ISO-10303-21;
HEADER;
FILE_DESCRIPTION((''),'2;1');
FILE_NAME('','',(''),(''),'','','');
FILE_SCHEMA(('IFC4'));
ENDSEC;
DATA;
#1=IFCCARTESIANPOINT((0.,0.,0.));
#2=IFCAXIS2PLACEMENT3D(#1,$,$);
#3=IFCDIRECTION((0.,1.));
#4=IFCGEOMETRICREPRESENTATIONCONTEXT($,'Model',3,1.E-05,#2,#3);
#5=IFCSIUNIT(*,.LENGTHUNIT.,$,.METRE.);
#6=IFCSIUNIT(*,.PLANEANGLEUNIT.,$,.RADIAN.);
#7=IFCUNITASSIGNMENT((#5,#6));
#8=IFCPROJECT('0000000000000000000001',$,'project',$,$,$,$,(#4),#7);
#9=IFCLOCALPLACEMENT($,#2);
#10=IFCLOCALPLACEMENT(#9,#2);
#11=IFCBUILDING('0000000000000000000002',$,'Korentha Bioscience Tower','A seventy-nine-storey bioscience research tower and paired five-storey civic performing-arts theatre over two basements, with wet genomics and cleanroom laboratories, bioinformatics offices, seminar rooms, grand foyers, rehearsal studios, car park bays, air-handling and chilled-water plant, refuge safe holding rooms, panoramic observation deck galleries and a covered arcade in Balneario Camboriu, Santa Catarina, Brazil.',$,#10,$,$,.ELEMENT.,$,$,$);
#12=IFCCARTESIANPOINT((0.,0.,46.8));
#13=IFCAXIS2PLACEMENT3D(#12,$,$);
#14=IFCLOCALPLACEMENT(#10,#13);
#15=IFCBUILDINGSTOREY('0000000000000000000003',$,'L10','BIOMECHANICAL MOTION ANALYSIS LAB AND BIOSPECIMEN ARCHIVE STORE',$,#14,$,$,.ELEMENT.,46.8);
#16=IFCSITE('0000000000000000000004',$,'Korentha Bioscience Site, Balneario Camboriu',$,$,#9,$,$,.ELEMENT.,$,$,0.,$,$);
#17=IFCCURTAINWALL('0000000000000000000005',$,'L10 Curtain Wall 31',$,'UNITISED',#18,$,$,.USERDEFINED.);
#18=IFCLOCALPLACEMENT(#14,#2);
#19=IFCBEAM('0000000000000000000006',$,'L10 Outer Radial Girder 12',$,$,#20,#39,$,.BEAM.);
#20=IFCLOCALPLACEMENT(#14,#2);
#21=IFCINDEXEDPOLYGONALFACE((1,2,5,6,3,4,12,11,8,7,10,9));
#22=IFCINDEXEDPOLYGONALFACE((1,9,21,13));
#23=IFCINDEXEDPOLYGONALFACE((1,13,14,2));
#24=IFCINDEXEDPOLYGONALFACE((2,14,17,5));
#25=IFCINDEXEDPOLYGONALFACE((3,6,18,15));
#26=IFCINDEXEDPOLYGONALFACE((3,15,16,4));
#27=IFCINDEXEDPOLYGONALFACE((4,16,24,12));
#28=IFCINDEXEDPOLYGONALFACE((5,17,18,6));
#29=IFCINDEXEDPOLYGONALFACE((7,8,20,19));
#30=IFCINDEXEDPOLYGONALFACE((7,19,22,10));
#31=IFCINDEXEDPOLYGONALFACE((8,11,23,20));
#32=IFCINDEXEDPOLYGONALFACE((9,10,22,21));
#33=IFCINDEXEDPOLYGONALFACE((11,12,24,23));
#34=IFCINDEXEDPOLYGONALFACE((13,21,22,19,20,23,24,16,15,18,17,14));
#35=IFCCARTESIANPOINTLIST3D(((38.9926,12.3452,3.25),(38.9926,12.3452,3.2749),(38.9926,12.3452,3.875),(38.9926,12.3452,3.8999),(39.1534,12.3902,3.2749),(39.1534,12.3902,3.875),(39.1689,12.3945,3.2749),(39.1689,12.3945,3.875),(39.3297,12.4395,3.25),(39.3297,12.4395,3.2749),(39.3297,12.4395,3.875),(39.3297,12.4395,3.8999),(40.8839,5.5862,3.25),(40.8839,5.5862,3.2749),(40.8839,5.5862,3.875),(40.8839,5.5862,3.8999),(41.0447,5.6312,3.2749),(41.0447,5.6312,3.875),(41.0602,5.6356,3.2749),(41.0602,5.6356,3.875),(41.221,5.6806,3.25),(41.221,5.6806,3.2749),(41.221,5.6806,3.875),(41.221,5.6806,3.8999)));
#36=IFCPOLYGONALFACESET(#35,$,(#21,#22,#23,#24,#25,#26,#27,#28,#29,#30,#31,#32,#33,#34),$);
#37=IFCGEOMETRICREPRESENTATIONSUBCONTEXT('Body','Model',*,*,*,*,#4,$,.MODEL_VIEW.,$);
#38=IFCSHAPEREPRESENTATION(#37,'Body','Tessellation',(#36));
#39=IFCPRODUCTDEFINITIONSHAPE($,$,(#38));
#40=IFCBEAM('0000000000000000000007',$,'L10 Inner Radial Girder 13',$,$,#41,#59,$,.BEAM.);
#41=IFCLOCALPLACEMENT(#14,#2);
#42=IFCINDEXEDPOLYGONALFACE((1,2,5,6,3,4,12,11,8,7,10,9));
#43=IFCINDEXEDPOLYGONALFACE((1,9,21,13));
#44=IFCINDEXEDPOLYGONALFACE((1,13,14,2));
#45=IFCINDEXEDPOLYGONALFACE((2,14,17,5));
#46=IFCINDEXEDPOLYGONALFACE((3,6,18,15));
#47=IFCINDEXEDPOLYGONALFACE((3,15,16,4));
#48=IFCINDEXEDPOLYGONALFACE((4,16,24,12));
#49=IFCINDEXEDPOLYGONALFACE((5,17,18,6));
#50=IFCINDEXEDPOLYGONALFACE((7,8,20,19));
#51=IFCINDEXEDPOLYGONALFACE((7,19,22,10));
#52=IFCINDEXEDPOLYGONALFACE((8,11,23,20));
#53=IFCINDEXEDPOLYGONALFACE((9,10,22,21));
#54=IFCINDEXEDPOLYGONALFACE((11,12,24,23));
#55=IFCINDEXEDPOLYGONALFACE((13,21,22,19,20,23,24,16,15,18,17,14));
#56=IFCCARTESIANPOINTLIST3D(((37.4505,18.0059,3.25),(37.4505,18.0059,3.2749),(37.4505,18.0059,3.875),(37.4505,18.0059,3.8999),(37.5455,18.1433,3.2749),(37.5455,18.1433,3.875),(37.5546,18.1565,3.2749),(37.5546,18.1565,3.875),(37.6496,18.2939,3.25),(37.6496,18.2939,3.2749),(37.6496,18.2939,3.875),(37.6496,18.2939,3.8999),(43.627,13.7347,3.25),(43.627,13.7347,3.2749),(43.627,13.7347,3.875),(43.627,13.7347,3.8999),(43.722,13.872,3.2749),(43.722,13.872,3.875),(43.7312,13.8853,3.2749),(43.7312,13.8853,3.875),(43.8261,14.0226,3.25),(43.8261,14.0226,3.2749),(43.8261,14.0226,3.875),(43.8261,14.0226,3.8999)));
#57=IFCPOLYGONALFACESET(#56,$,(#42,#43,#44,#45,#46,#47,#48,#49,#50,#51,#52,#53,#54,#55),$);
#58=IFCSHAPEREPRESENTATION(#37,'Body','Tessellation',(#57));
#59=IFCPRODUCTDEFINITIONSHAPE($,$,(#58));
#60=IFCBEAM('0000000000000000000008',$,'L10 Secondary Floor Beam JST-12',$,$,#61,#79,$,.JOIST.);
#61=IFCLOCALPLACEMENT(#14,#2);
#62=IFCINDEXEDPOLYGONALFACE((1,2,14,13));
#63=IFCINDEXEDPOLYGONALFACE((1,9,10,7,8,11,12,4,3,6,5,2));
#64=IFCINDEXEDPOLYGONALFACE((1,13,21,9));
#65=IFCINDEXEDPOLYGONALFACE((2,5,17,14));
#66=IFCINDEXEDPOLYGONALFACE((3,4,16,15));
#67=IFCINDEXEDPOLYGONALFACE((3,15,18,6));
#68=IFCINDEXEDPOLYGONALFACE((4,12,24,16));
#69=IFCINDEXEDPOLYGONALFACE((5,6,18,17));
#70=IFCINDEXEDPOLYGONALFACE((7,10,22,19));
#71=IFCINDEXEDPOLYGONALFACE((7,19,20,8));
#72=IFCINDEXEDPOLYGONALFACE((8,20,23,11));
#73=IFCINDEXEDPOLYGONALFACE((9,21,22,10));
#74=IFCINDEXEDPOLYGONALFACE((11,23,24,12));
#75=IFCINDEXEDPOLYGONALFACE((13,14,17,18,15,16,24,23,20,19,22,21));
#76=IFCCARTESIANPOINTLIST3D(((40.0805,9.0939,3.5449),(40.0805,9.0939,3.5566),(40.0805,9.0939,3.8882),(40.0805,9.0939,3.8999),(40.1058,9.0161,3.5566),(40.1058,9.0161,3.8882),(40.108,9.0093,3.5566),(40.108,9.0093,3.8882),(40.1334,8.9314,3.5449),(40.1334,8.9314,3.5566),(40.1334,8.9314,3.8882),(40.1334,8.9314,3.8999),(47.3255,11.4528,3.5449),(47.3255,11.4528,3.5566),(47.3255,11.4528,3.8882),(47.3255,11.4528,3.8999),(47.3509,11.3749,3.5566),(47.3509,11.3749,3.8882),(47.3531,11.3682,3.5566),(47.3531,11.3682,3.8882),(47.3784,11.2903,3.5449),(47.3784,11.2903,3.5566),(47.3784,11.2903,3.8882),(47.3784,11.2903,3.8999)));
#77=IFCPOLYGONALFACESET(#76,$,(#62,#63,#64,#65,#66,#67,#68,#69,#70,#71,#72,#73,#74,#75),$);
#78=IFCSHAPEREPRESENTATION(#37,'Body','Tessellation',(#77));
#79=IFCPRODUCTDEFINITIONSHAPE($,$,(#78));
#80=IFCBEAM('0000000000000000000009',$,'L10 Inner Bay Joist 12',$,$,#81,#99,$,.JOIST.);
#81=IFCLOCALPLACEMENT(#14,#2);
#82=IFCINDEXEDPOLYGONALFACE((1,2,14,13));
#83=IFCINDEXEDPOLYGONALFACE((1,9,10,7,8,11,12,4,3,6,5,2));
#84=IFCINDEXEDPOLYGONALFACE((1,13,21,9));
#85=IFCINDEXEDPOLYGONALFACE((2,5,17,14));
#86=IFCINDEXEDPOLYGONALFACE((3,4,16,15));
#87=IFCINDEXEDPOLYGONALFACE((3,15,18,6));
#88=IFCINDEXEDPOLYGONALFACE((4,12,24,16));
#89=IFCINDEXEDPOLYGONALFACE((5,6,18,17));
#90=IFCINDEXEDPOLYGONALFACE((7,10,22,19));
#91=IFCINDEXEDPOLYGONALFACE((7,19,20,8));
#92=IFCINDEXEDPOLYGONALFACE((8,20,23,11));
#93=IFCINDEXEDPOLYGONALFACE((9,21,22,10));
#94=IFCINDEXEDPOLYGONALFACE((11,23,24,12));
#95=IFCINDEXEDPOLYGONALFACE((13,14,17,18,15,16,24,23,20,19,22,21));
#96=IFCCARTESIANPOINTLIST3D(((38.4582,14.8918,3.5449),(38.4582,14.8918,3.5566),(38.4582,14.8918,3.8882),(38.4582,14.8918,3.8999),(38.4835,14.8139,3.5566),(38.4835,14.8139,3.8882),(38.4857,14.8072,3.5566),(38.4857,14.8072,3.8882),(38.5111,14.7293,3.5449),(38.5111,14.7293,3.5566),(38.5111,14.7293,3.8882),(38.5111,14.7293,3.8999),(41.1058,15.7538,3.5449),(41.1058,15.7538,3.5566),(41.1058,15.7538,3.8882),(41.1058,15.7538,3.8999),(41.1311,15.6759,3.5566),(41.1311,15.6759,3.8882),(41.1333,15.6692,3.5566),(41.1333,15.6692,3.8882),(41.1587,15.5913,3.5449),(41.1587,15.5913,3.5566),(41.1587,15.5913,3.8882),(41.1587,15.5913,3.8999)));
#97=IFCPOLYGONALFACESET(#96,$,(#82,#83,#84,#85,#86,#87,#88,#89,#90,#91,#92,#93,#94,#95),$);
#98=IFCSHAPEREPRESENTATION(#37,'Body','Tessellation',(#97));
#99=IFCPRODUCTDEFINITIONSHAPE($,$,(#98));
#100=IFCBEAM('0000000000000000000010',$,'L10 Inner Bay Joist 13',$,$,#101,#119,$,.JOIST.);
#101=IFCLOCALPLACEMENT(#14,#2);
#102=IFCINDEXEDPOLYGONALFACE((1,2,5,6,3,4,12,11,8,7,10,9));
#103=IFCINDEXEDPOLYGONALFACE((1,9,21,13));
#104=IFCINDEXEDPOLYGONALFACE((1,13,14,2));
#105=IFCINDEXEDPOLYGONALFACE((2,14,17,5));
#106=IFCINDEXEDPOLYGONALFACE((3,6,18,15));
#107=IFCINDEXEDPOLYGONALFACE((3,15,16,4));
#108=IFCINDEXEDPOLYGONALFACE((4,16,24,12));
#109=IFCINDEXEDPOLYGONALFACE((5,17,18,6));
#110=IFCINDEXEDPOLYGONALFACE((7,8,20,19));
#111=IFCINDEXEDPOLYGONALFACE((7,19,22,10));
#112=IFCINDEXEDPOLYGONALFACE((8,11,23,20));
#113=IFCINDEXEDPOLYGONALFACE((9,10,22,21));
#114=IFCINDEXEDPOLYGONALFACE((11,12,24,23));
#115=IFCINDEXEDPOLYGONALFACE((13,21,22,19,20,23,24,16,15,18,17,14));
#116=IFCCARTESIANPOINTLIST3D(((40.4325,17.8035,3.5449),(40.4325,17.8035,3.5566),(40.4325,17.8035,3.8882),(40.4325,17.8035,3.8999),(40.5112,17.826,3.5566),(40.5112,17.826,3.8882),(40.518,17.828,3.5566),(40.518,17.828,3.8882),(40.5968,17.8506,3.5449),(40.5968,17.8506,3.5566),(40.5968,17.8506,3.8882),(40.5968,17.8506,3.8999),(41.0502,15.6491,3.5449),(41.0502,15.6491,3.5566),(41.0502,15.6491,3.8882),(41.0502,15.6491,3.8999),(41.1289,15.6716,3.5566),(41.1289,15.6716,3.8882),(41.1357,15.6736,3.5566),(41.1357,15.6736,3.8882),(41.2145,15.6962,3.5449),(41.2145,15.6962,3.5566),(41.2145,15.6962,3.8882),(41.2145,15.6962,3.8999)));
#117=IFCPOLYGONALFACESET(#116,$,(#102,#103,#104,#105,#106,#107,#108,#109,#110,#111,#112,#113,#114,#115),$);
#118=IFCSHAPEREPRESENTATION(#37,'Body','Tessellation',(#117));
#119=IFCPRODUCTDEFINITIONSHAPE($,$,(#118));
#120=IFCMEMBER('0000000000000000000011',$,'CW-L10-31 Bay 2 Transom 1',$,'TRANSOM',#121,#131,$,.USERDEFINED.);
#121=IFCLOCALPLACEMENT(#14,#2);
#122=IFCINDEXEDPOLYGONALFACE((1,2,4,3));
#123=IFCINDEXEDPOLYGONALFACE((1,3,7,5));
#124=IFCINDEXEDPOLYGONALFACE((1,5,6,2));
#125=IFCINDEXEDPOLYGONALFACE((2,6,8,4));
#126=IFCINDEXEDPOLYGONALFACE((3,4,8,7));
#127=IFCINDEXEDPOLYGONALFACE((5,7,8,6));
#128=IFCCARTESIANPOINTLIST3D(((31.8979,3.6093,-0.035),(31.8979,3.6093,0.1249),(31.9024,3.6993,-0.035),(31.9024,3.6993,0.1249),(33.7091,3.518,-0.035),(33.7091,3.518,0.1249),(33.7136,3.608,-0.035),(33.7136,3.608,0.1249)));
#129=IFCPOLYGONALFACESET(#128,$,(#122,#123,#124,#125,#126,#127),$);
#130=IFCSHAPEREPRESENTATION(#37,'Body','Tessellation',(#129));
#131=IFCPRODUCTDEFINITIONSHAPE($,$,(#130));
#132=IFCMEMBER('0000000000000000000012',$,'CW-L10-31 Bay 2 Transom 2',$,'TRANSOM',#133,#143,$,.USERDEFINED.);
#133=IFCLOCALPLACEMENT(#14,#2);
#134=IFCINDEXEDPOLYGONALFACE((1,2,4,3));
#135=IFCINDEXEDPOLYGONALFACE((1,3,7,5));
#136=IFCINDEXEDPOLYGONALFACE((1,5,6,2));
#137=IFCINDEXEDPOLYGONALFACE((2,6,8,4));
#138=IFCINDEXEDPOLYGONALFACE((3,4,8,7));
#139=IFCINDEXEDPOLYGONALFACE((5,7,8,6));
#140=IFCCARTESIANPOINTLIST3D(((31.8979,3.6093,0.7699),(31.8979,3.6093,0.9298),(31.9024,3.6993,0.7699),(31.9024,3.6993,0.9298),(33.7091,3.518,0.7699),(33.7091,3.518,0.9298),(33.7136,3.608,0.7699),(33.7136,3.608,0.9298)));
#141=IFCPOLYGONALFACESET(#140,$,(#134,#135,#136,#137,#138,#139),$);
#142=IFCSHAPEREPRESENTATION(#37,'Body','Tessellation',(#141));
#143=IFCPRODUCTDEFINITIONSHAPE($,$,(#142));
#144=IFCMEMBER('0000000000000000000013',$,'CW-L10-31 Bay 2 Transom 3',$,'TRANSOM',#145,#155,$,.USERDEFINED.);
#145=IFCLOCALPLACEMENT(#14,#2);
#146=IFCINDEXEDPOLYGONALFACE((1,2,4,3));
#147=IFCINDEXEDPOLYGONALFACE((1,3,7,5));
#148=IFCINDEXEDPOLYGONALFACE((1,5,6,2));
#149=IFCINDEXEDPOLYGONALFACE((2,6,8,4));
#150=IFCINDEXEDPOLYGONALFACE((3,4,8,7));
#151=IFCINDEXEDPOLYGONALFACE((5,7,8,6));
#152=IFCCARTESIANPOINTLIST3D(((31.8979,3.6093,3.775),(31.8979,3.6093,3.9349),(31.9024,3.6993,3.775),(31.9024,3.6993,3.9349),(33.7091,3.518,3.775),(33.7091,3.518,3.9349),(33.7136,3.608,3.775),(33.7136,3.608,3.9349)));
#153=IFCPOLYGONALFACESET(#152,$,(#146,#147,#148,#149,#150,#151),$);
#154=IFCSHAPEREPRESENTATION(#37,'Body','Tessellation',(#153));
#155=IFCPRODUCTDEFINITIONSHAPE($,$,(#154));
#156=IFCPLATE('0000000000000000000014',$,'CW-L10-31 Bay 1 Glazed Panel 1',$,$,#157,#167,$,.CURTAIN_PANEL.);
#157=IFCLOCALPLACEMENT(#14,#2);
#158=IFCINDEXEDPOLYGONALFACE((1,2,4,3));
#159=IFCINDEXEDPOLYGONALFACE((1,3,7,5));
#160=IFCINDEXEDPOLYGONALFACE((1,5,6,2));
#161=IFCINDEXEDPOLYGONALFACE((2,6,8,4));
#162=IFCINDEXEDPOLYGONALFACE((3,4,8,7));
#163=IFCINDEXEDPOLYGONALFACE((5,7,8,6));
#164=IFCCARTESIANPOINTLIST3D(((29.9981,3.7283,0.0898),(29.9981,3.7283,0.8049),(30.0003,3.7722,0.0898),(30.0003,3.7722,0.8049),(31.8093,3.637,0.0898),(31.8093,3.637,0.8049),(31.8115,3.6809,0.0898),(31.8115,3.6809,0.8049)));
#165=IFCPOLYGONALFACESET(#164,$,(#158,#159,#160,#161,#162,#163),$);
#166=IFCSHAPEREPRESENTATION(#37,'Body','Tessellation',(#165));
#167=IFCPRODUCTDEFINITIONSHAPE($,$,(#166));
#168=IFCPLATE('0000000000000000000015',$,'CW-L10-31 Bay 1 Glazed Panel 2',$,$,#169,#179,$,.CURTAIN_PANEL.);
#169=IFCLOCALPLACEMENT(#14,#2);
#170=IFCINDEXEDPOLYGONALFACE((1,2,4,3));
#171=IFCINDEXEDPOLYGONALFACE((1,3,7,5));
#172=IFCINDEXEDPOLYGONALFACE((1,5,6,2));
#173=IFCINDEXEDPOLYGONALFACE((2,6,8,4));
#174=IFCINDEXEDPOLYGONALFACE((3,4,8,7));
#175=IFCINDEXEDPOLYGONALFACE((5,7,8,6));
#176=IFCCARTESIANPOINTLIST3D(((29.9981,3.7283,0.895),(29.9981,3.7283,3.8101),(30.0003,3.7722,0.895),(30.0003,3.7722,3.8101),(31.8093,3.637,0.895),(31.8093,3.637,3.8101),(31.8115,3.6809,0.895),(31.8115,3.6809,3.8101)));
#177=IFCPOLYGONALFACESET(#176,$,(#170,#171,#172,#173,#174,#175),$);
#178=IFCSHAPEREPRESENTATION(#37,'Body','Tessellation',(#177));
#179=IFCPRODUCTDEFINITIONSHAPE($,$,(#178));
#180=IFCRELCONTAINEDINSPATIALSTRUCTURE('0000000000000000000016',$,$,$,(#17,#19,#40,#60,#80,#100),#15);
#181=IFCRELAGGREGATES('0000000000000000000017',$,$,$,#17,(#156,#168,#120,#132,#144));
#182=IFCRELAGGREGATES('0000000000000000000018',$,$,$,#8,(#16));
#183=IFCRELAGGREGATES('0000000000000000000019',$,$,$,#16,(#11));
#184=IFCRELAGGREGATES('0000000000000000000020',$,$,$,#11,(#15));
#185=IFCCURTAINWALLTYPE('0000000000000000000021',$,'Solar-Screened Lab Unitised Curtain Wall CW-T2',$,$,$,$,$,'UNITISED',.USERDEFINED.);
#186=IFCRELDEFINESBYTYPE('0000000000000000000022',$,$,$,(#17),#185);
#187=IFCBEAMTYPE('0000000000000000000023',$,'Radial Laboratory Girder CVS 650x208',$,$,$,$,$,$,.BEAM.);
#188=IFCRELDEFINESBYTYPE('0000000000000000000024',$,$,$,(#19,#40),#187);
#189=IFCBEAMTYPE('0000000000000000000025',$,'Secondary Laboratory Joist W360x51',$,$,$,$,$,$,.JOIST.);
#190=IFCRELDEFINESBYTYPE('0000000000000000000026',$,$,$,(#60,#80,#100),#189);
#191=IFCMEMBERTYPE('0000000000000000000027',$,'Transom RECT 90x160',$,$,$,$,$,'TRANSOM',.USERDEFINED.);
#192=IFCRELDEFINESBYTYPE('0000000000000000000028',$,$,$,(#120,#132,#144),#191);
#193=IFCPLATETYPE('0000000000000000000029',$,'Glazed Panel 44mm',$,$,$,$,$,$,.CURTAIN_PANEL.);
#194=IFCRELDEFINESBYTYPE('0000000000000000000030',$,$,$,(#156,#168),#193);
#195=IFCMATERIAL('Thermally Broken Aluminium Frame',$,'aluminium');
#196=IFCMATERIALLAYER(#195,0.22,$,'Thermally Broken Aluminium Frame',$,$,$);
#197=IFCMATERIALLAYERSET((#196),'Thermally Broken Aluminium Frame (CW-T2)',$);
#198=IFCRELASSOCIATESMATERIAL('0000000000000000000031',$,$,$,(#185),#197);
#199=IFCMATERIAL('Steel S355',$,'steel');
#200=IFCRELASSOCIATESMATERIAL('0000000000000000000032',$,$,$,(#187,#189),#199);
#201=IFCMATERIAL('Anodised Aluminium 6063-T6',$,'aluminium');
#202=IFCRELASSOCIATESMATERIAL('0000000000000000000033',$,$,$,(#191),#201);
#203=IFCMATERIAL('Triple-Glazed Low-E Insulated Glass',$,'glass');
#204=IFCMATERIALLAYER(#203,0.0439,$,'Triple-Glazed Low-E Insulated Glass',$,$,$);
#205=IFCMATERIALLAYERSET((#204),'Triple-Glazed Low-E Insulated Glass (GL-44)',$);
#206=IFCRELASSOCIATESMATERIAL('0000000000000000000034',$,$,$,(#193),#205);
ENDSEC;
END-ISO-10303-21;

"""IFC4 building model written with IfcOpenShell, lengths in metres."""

from ifc_helpers import new_model, si_unit, direction, frame, origin, origin_2d, place, context, subcontext, project, spatial, rectangle, i_section, extrude, material, layer, layer_set, material_profile, profile_set, type_object, element, aggregate, save


model = new_model("IFC4")

# Units and contexts
model_context = context("Model", 3, precision=1e-05, world=origin(), true_north=direction((0.0, 1.0)))
body_context = subcontext(model_context, "Body", "Model", "MODEL_VIEW")
ifc_project = project(units=[si_unit("LENGTHUNIT", "METRE"), si_unit("PLANEANGLEUNIT", "RADIAN")], contexts=[model_context])

# Site, building, storey
site_placement = place(None, origin())
site = spatial("IfcSite", under=ifc_project, at=site_placement, Name="Korentha Bioscience Site, Balneario Camboriu", CompositionType="ELEMENT", RefElevation=0.0)
building_placement = place(site_placement, origin())
building = spatial("IfcBuilding", under=site, at=building_placement, Name="Korentha Bioscience Tower", Description="A seventy-nine-storey bioscience research tower and paired five-storey civic performing-arts theatre over two basements, with wet genomics and cleanroom laboratories, bioinformatics offices, seminar rooms, grand foyers, rehearsal studios, car park bays, air-handling and chilled-water plant, refuge safe holding rooms, panoramic observation deck galleries and a covered arcade in Balneario Camboriu, Santa Catarina, Brazil.", CompositionType="ELEMENT")
storey_placement = place(building_placement, frame((0.0, 0.0, 46.8)))
storey = spatial("IfcBuildingStorey", under=building, at=storey_placement, Name="L10", Description="BIOMECHANICAL MOTION ANALYSIS LAB AND BIOSPECIMEN ARCHIVE STORE", CompositionType="ELEMENT", Elevation=46.8)

# Shared definitions
ifc_material_1 = material(Name="Steel S355", Category="steel")

# Curtain wall
ifc_material_2 = material(Name="Thermally Broken Aluminium Frame", Category="aluminium")
ifc_layer_1 = layer(ifc_material_2, 0.22, Name="Thermally Broken Aluminium Frame")
ifc_layer_set_1 = layer_set([ifc_layer_1], Name="Thermally Broken Aluminium Frame (CW-T2)")
curtain_wall_type = type_object("IfcCurtainWallType", Name="Solar-Screened Lab Unitised Curtain Wall CW-T2", ElementType="UNITISED", PredefinedType="USERDEFINED", material=ifc_layer_set_1)
curtain_wall_placement = place(storey_placement, origin())
curtain_wall = element("IfcCurtainWall", 1, at=curtain_wall_placement, inside=storey, type_object=curtain_wall_type, Name="L10 Curtain Wall 31", ObjectType="UNITISED", PredefinedType="USERDEFINED")
ifc_material_3 = material(Name="Anodised Aluminium 6063-T6", Category="aluminium")

# Beams
ifc_material_profile_1 = material_profile(ifc_material_1, i_section(OverallWidth=0.3501, OverallDepth=0.6499, WebThickness=0.0161, FlangeThickness=0.0249, at=origin_2d()), Name="Steel S355")
ifc_profile_set_1 = profile_set([ifc_material_profile_1], Name="Steel S355 (RB-650)")
beam_type_1 = type_object("IfcBeamType", Name="Radial Laboratory Girder CVS 650x208", PredefinedType="BEAM", material=ifc_profile_set_1)
beam_1_placement = place(storey_placement, frame((39.1611, 12.3923, 3.575), z_axis=(0.269475, -0.963007, 0.0), x_axis=(0.963007, 0.269475, 0.0)))
element("IfcBeam", 2, at=beam_1_placement, inside=storey, type_object=beam_type_1, Name="L10 Outer Radial Girder 12", PredefinedType="BEAM", context=body_context, shape_type="SweptSolid", body=[
    extrude(i_section(OverallWidth=0.3501, OverallDepth=0.6499, WebThickness=0.0161, FlangeThickness=0.0249, at=origin_2d()), origin(), (0.0, 0.0, 1.0), 7.0186),
])
beam_2_placement = place(storey_placement, frame((37.55, 18.1499, 3.575), z_axis=(0.822492, -0.568777, 0.0), x_axis=(0.568777, 0.822492, 0.0)))
element("IfcBeam", 3, at=beam_2_placement, inside=storey, type_object=beam_type_1, Name="L10 Inner Radial Girder 13", PredefinedType="BEAM", context=body_context, shape_type="SweptSolid", body=[
    extrude(i_section(OverallWidth=0.3501, OverallDepth=0.6499, WebThickness=0.0161, FlangeThickness=0.0249, at=origin_2d()), origin(), (0.0, 0.0, 1.0), 7.5095),
])
ifc_material_profile_2 = material_profile(ifc_material_1, i_section(OverallWidth=0.1709, OverallDepth=0.355, WebThickness=0.0071, FlangeThickness=0.0117, at=origin_2d()), Name="Steel S355")
ifc_profile_set_2 = profile_set([ifc_material_profile_2], Name="Steel S355 (JB-360)")
beam_type_2 = type_object("IfcBeamType", Name="Secondary Laboratory Joist W360x51", PredefinedType="JOIST", material=ifc_profile_set_2)
beam_3_placement = place(storey_placement, frame((40.1069, 9.0127, 3.7224), z_axis=(0.950871, 0.309587, 0.0), x_axis=(-0.309587, 0.950871, 0.0)))
element("IfcBeam", 4, at=beam_3_placement, inside=storey, type_object=beam_type_2, Name="L10 Secondary Floor Beam JST-12", PredefinedType="JOIST", context=body_context, shape_type="SweptSolid", body=[
    extrude(i_section(OverallWidth=0.1709, OverallDepth=0.355, WebThickness=0.0071, FlangeThickness=0.0117, at=origin_2d()), origin(), (0.0, 0.0, 1.0), 7.6194),
])
beam_4_placement = place(storey_placement, frame((38.4846, 14.8105, 3.7224), z_axis=(0.95087, 0.309592, 0.0), x_axis=(-0.309592, 0.95087, 0.0)))
element("IfcBeam", 5, at=beam_4_placement, inside=storey, type_object=beam_type_2, Name="L10 Inner Bay Joist 12", PredefinedType="JOIST", context=body_context, shape_type="SweptSolid", body=[
    extrude(i_section(OverallWidth=0.1709, OverallDepth=0.355, WebThickness=0.0071, FlangeThickness=0.0117, at=origin_2d()), origin(), (0.0, 0.0, 1.0), 2.7844),
])
beam_5_placement = place(storey_placement, frame((41.1323, 15.6726, 3.7224), z_axis=(-0.275613, 0.961269, 0.0), x_axis=(-0.961269, -0.275613, 0.0)))
element("IfcBeam", 6, at=beam_5_placement, inside=storey, type_object=beam_type_2, Name="L10 Inner Bay Joist 13", PredefinedType="JOIST", context=body_context, shape_type="SweptSolid", body=[
    extrude(i_section(OverallWidth=0.1709, OverallDepth=0.355, WebThickness=0.0071, FlangeThickness=0.0117, at=origin_2d()), origin(), (0.0, 0.0, 1.0), 2.2412),
])

# Members
ifc_material_profile_3 = material_profile(ifc_material_3, rectangle(XDim=0.0901, YDim=0.1599, at=origin_2d()), Name="Anodised Aluminium 6063-T6")
ifc_profile_set_3 = profile_set([ifc_material_profile_3], Name="Anodised Aluminium 6063-T6 (CW-TRN)")
member_type_1 = type_object("IfcMemberType", Name="Transom RECT 90x160", ElementType="TRANSOM", PredefinedType="USERDEFINED", material=ifc_profile_set_3)
member_1_placement = place(storey_placement, frame((31.9001, 3.6543, 0.0449), z_axis=(0.998732, -0.050347, 0.0), x_axis=(0.050347, 0.998732, 0.0)))
member_1 = element("IfcMember", 7, at=member_1_placement, type_object=member_type_1, Name="CW-L10-31 Bay 2 Transom 1", ObjectType="TRANSOM", PredefinedType="USERDEFINED", context=body_context, shape_type="SweptSolid", body=[
    extrude(rectangle(XDim=0.0901, YDim=0.1599, at=origin_2d()), origin(), (0.0, 0.0, 1.0), 1.8135),
])
member_2_placement = place(storey_placement, frame((31.9001, 3.6543, 0.8499), z_axis=(0.998732, -0.050347, 0.0), x_axis=(0.050347, 0.998732, 0.0)))
member_2 = element("IfcMember", 8, at=member_2_placement, type_object=member_type_1, Name="CW-L10-31 Bay 2 Transom 2", ObjectType="TRANSOM", PredefinedType="USERDEFINED", context=body_context, shape_type="SweptSolid", body=[
    extrude(rectangle(XDim=0.0901, YDim=0.1599, at=origin_2d()), origin(), (0.0, 0.0, 1.0), 1.8135),
])
member_3_placement = place(storey_placement, frame((31.9001, 3.6543, 3.855), z_axis=(0.998732, -0.050347, 0.0), x_axis=(0.050347, 0.998732, 0.0)))
member_3 = element("IfcMember", 9, at=member_3_placement, type_object=member_type_1, Name="CW-L10-31 Bay 2 Transom 3", ObjectType="TRANSOM", PredefinedType="USERDEFINED", context=body_context, shape_type="SweptSolid", body=[
    extrude(rectangle(XDim=0.0901, YDim=0.1599, at=origin_2d()), origin(), (0.0, 0.0, 1.0), 1.8135),
])

# Plates
ifc_material_4 = material(Name="Triple-Glazed Low-E Insulated Glass", Category="glass")
ifc_layer_2 = layer(ifc_material_4, 0.0439, Name="Triple-Glazed Low-E Insulated Glass")
ifc_layer_set_2 = layer_set([ifc_layer_2], Name="Triple-Glazed Low-E Insulated Glass (GL-44)")
plate_type = type_object("IfcPlateType", Name="Glazed Panel 44mm", PredefinedType="CURTAIN_PANEL", material=ifc_layer_set_2)
plate_1_placement = place(storey_placement, frame((30.9048, 3.7046, 0.0898), z_axis=(0.0, 0.0, 1.0), x_axis=(0.998731, -0.050371, 0.0)))
plate_1 = element("IfcPlate", 10, at=plate_1_placement, type_object=plate_type, Name="CW-L10-31 Bay 1 Glazed Panel 1", PredefinedType="CURTAIN_PANEL", context=body_context, shape_type="SweptSolid", body=[
    extrude(rectangle(XDim=1.8135, YDim=0.0439, at=origin_2d()), origin(), (0.0, 0.0, 1.0), 0.7151),
])
plate_2_placement = place(storey_placement, frame((30.9048, 3.7046, 0.895), z_axis=(0.0, 0.0, 1.0), x_axis=(0.998731, -0.050371, 0.0)))
plate_2 = element("IfcPlate", 11, at=plate_2_placement, type_object=plate_type, Name="CW-L10-31 Bay 1 Glazed Panel 2", PredefinedType="CURTAIN_PANEL", context=body_context, shape_type="SweptSolid", body=[
    extrude(rectangle(XDim=1.8135, YDim=0.0439, at=origin_2d()), origin(), (0.0, 0.0, 1.0), 2.915),
])
aggregate(curtain_wall, [plate_1, plate_2, member_1, member_2, member_3])

save(model, "model.ifc")
